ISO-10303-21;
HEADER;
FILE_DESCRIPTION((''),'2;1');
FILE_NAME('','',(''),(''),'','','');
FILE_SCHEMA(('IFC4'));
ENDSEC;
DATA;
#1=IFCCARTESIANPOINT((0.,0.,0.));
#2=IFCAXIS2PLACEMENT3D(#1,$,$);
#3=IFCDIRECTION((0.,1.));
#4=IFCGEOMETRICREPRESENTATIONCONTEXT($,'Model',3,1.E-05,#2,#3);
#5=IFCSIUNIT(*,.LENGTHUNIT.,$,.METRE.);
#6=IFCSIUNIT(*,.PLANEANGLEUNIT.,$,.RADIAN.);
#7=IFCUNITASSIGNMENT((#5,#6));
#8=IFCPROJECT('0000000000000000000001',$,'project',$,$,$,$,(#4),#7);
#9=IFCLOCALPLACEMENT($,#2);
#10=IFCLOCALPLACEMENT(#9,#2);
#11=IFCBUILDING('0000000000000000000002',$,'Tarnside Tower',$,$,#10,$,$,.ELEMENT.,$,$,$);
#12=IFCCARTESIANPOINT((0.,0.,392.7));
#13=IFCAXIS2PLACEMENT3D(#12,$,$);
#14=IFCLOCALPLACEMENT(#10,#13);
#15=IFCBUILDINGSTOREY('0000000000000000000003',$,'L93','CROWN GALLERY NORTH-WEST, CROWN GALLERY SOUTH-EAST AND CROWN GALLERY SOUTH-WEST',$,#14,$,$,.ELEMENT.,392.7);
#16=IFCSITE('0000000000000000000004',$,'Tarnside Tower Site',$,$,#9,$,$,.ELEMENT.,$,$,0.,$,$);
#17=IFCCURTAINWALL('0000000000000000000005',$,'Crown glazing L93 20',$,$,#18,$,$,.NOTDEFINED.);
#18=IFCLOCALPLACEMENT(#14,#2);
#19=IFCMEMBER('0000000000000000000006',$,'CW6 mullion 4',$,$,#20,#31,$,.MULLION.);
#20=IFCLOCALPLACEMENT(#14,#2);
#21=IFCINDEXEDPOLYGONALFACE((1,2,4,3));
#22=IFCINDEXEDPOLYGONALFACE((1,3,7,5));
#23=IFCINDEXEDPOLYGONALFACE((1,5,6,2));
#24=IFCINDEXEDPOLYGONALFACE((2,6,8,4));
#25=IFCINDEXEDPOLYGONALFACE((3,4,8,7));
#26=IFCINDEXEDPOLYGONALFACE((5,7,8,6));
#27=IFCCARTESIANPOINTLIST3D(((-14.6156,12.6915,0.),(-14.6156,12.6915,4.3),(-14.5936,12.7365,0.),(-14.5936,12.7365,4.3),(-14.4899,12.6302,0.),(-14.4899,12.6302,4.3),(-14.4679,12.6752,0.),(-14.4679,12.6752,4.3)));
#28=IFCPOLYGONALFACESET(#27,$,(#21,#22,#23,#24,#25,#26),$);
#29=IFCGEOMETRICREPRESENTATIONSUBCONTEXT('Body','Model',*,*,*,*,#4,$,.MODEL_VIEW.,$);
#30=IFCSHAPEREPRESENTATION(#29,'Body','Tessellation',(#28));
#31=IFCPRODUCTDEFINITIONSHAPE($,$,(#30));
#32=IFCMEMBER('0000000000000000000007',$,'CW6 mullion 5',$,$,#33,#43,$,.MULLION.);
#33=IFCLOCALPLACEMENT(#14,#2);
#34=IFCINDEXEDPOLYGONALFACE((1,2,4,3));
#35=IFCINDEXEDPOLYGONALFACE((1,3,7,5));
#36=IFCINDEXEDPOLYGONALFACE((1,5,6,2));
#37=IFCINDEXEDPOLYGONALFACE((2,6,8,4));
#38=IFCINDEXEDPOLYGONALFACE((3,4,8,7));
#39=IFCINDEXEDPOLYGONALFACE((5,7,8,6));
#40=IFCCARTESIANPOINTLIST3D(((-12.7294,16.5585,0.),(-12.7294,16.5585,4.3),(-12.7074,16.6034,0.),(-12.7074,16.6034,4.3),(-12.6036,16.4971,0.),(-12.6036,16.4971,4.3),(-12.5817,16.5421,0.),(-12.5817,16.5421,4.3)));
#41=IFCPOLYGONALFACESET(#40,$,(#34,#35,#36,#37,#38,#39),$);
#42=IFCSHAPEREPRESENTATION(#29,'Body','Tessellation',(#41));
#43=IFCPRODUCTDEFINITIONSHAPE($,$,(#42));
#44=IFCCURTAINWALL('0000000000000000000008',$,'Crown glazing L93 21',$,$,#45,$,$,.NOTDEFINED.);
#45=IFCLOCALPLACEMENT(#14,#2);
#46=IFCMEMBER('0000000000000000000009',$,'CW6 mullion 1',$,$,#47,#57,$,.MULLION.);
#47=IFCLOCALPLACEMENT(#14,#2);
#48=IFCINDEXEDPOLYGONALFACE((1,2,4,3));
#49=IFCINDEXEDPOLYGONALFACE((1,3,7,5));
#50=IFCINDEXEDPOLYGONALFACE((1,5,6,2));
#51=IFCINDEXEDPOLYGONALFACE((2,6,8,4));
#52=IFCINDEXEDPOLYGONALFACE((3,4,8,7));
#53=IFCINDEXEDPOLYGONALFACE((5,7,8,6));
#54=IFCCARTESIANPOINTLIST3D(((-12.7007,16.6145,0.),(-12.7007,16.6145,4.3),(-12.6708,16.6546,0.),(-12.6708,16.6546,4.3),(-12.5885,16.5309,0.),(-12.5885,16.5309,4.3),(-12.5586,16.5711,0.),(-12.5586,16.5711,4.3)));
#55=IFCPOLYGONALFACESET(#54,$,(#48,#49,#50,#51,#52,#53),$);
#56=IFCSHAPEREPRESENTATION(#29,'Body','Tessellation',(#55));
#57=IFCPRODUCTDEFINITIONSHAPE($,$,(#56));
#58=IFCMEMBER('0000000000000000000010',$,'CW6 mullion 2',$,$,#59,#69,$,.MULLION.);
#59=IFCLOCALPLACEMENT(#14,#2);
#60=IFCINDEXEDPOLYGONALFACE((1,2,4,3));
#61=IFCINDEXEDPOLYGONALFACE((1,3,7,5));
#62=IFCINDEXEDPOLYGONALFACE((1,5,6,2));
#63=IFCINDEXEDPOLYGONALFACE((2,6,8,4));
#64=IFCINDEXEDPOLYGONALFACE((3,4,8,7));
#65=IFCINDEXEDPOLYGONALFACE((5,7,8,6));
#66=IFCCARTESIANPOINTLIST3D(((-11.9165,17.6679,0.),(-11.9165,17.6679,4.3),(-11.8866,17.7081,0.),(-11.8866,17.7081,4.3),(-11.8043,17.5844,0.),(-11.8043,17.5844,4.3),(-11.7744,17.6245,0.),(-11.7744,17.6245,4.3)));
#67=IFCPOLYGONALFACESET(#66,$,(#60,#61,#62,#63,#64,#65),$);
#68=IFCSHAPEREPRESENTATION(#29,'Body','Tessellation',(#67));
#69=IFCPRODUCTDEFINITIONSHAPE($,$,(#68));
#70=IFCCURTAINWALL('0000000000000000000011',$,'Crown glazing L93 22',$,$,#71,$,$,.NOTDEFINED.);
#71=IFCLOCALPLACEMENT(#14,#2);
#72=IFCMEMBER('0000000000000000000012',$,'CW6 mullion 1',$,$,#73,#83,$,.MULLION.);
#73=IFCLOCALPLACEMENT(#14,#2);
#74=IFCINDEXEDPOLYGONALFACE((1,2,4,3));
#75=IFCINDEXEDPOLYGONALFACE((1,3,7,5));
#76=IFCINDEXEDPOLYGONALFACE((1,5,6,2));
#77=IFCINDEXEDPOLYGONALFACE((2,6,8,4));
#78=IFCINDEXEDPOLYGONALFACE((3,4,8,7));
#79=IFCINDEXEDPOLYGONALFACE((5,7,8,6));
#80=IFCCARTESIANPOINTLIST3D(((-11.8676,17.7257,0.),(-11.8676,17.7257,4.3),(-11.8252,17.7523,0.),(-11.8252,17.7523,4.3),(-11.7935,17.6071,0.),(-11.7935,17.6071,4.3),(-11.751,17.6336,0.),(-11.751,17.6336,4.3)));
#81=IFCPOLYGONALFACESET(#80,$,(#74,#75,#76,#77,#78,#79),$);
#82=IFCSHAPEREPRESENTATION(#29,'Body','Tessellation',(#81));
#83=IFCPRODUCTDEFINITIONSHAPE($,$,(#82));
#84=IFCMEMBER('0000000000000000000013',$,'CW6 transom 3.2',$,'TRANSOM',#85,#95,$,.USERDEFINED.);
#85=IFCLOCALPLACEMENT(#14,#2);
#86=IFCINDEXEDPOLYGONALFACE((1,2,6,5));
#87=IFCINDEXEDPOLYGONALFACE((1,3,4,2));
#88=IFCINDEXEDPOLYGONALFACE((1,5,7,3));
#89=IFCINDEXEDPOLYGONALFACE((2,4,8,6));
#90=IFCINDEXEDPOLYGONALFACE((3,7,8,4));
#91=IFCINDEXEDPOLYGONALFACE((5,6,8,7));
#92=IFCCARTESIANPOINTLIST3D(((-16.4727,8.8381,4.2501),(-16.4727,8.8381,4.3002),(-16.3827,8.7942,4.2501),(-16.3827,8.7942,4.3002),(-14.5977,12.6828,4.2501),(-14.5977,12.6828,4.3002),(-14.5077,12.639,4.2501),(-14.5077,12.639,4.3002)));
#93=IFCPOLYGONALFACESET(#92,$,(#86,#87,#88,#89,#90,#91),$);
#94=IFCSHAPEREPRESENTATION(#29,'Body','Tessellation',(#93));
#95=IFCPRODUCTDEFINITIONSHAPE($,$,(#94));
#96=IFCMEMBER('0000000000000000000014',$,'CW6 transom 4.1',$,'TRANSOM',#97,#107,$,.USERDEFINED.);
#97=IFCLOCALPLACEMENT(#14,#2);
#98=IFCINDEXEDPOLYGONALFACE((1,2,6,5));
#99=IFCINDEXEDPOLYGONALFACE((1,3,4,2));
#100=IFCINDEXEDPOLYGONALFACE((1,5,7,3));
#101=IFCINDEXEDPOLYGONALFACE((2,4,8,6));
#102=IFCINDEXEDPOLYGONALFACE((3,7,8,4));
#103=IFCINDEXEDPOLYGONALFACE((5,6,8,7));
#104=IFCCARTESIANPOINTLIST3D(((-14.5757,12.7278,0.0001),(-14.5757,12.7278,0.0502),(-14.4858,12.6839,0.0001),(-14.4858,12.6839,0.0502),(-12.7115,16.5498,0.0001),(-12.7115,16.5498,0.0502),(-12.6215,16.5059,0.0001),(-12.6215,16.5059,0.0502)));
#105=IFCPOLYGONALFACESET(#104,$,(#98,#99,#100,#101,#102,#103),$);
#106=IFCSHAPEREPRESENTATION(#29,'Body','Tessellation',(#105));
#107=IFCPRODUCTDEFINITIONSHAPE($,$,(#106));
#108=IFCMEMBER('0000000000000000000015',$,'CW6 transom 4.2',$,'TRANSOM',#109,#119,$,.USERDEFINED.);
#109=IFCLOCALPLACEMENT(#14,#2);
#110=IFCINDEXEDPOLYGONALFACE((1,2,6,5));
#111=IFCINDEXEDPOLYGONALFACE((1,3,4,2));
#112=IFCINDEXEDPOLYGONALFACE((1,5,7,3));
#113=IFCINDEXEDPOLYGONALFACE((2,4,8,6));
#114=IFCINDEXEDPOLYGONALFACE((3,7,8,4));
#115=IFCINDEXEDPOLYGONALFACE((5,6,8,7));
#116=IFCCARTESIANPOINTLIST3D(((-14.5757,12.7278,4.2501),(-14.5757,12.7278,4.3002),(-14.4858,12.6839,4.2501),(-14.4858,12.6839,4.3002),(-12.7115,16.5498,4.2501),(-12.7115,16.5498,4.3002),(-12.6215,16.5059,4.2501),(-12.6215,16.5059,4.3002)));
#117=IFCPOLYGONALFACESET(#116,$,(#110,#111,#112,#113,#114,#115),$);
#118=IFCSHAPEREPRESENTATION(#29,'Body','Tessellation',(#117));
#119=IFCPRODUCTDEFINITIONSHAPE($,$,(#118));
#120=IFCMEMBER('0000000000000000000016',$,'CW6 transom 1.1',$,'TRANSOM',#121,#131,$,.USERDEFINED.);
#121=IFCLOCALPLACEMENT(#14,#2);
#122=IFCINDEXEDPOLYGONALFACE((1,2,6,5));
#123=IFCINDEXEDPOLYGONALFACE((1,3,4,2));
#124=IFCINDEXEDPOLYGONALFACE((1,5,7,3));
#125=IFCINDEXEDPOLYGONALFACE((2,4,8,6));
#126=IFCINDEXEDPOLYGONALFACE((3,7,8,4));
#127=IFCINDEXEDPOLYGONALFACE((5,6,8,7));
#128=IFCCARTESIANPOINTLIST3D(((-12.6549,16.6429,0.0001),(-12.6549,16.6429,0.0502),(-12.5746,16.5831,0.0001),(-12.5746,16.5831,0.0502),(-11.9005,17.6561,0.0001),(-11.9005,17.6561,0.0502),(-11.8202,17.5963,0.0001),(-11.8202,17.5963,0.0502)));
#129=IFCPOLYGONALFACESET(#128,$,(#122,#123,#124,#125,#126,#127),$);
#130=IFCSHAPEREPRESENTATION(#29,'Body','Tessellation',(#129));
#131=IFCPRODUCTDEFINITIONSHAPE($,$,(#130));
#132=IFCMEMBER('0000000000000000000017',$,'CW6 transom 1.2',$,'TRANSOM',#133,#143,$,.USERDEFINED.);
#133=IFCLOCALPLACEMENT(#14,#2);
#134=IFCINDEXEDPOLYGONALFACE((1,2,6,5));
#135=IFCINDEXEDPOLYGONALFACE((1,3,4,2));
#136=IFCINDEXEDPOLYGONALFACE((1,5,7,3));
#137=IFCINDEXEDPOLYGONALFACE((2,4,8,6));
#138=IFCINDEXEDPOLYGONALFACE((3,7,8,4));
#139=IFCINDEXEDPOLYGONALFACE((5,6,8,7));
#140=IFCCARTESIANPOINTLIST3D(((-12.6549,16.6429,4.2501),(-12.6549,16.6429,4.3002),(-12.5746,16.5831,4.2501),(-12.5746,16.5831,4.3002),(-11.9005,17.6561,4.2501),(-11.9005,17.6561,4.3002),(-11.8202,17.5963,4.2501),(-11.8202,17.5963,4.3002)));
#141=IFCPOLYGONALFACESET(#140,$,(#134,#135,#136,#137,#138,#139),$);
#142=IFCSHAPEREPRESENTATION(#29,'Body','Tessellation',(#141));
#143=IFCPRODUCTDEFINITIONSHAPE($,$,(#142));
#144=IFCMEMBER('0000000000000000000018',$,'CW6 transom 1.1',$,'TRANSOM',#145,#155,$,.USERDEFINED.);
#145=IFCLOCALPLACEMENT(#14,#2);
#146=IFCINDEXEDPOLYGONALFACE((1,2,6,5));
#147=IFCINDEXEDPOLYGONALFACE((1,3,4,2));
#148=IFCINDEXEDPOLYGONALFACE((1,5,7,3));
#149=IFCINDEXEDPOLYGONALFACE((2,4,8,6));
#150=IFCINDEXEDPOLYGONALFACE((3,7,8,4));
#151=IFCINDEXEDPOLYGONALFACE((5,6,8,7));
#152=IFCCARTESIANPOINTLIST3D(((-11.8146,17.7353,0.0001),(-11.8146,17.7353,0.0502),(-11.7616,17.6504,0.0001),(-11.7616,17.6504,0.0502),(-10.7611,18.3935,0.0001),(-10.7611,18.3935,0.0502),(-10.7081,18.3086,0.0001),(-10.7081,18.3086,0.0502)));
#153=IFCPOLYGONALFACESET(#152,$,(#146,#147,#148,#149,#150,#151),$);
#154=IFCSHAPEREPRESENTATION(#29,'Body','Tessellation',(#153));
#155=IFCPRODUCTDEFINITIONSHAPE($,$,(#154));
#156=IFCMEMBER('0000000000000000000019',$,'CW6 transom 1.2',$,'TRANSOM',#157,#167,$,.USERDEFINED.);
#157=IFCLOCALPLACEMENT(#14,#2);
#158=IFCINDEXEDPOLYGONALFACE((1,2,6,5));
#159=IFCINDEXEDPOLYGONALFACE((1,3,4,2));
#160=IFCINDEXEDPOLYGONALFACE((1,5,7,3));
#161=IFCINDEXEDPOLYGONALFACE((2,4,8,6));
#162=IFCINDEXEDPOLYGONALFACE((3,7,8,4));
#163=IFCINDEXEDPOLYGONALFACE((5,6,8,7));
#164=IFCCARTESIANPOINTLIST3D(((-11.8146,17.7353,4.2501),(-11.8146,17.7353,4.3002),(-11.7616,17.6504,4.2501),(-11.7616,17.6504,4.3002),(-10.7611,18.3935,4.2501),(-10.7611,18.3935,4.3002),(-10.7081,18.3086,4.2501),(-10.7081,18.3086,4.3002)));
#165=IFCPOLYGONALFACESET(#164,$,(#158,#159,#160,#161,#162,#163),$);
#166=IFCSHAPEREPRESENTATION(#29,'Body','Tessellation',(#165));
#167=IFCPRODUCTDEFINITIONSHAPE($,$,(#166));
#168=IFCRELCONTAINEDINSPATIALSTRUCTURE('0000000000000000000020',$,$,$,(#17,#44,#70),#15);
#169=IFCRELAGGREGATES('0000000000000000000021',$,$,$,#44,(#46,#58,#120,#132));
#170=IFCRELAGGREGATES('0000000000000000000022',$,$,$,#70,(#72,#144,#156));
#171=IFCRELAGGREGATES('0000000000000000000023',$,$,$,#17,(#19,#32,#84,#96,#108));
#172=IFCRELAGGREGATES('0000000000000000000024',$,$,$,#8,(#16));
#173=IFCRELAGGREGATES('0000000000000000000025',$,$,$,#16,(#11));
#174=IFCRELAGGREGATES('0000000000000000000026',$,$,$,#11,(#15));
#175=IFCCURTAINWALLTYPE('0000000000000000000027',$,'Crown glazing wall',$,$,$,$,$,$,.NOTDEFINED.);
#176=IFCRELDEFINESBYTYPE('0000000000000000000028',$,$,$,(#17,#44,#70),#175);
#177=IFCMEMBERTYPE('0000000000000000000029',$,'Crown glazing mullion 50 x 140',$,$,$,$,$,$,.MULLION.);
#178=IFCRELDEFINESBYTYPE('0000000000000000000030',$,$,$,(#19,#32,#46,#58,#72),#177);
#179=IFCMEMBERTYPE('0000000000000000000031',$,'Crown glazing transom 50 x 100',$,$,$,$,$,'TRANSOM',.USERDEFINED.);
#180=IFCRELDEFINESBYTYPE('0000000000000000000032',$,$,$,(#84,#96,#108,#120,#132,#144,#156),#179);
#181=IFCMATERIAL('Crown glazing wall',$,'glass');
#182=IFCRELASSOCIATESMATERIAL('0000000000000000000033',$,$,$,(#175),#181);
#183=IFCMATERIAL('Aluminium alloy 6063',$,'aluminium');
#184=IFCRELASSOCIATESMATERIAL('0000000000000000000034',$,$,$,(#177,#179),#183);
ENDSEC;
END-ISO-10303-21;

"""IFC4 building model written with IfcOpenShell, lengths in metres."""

from ifc_helpers import new_model, si_unit, direction, frame, origin, origin_2d, place, context, subcontext, project, spatial, rectangle, extrude, material, material_profile, profile_set, type_object, element, aggregate, save


model = new_model("IFC4")

# Units and contexts
model_context = context("Model", 3, precision=1e-05, world=origin(), true_north=direction((0.0, 1.0)))
body_context = subcontext(model_context, "Body", "Model", "MODEL_VIEW")
ifc_project = project(units=[si_unit("LENGTHUNIT", "METRE"), si_unit("PLANEANGLEUNIT", "RADIAN")], contexts=[model_context])

# Site, building, storey
site_placement = place(None, origin())
site = spatial("IfcSite", under=ifc_project, at=site_placement, Name="Tarnside Tower Site", CompositionType="ELEMENT", RefElevation=0.0)
building_placement = place(site_placement, origin())
building = spatial("IfcBuilding", under=site, at=building_placement, Name="Tarnside Tower", CompositionType="ELEMENT")
storey_placement = place(building_placement, frame((0.0, 0.0, 392.7)))
storey = spatial("IfcBuildingStorey", under=building, at=storey_placement, Name="L93", Description="CROWN GALLERY NORTH-WEST, CROWN GALLERY SOUTH-EAST AND CROWN GALLERY SOUTH-WEST", CompositionType="ELEMENT", Elevation=392.7)

# Curtain walls, members
ifc_material_1 = material(Name="Crown glazing wall", Category="glass")
curtain_wall_type = type_object("IfcCurtainWallType", Name="Crown glazing wall", PredefinedType="NOTDEFINED", material=ifc_material_1)
curtain_wall_1_placement = place(storey_placement, origin())
curtain_wall_1 = element("IfcCurtainWall", 1, at=curtain_wall_1_placement, inside=storey, type_object=curtain_wall_type, Name="Crown glazing L93 20", PredefinedType="NOTDEFINED")
ifc_material_2 = material(Name="Aluminium alloy 6063", Category="aluminium")
ifc_material_profile_1 = material_profile(ifc_material_2, rectangle(XDim=0.1399, YDim=0.05, at=origin_2d()), Name="Crown glazing mullion 50 x 140")
ifc_profile_set_1 = profile_set([ifc_material_profile_1], Name="Aluminium alloy 6063")
member_type_1 = type_object("IfcMemberType", Name="Crown glazing mullion 50 x 140", PredefinedType="MULLION", material=ifc_profile_set_1)
member_1_placement = place(storey_placement, frame((-14.5417, 12.6833, 0.0), z_axis=(0.0, 0.0, 1.0), x_axis=(-0.898794, 0.438371, 0.0)))
member_1 = element("IfcMember", 2, at=member_1_placement, type_object=member_type_1, Name="CW6 mullion 4", PredefinedType="MULLION", context=body_context, shape_type="SweptSolid", body=[
    extrude(rectangle(XDim=0.1399, YDim=0.05, at=origin_2d()), origin(), (0.0, 0.0, 1.0), 4.3),
])
member_2_placement = place(storey_placement, frame((-12.6555, 16.5503, 0.0), z_axis=(0.0, 0.0, 1.0), x_axis=(-0.898794, 0.438371, 0.0)))
member_2 = element("IfcMember", 3, at=member_2_placement, type_object=member_type_1, Name="CW6 mullion 5", PredefinedType="MULLION", context=body_context, shape_type="SweptSolid", body=[
    extrude(rectangle(XDim=0.1399, YDim=0.05, at=origin_2d()), origin(), (0.0, 0.0, 1.0), 4.3),
])
curtain_wall_2_placement = place(storey_placement, origin())
curtain_wall_2 = element("IfcCurtainWall", 4, at=curtain_wall_2_placement, inside=storey, type_object=curtain_wall_type, Name="Crown glazing L93 21", PredefinedType="NOTDEFINED")
member_3_placement = place(storey_placement, frame((-12.6296, 16.5928, 0.0), z_axis=(0.0, 0.0, 1.0), x_axis=(-0.802123, 0.597159, 0.0)))
member_3 = element("IfcMember", 5, at=member_3_placement, type_object=member_type_1, Name="CW6 mullion 1", PredefinedType="MULLION", context=body_context, shape_type="SweptSolid", body=[
    extrude(rectangle(XDim=0.1399, YDim=0.05, at=origin_2d()), origin(), (0.0, 0.0, 1.0), 4.3),
])
member_4_placement = place(storey_placement, frame((-11.8455, 17.6462, 0.0), z_axis=(0.0, 0.0, 1.0), x_axis=(-0.802123, 0.597159, 0.0)))
member_4 = element("IfcMember", 6, at=member_4_placement, type_object=member_type_1, Name="CW6 mullion 2", PredefinedType="MULLION", context=body_context, shape_type="SweptSolid", body=[
    extrude(rectangle(XDim=0.1399, YDim=0.05, at=origin_2d()), origin(), (0.0, 0.0, 1.0), 4.3),
])

# Curtain wall, member
curtain_wall_3_placement = place(storey_placement, origin())
curtain_wall_3 = element("IfcCurtainWall", 7, at=curtain_wall_3_placement, inside=storey, type_object=curtain_wall_type, Name="Crown glazing L93 22", PredefinedType="NOTDEFINED")
member_5_placement = place(storey_placement, frame((-11.8093, 17.6797, 0.0), z_axis=(0.0, 0.0, 1.0), x_axis=(-0.529919, 0.848048, 0.0)))
member_5 = element("IfcMember", 8, at=member_5_placement, type_object=member_type_1, Name="CW6 mullion 1", PredefinedType="MULLION", context=body_context, shape_type="SweptSolid", body=[
    extrude(rectangle(XDim=0.1399, YDim=0.05, at=origin_2d()), origin(), (0.0, 0.0, 1.0), 4.3),
])

# Members
ifc_material_profile_2 = material_profile(ifc_material_2, rectangle(XDim=0.1001, YDim=0.05, at=origin_2d()), Name="Crown glazing transom 50 x 100")
ifc_profile_set_2 = profile_set([ifc_material_profile_2], Name="Aluminium alloy 6063")
member_type_2 = type_object("IfcMemberType", Name="Crown glazing transom 50 x 100", ElementType="TRANSOM", PredefinedType="USERDEFINED", material=ifc_profile_set_2)
member_6_placement = place(storey_placement, frame((-16.4277, 8.8162, 4.2751), z_axis=(0.438334, 0.898812, 0.0), x_axis=(-0.898812, 0.438334, 0.0)))
member_6 = element("IfcMember", 9, at=member_6_placement, type_object=member_type_2, Name="CW6 transom 3.2", ObjectType="TRANSOM", PredefinedType="USERDEFINED", context=body_context, shape_type="SweptSolid", body=[
    extrude(rectangle(XDim=0.1001, YDim=0.05, at=origin_2d()), origin(), (0.0, 0.0, 1.0), 4.2776),
])
member_7_placement = place(storey_placement, frame((-14.5308, 12.7058, 0.0251), z_axis=(0.438396, 0.898782, 0.0), x_axis=(-0.898782, 0.438396, 0.0)))
member_7 = element("IfcMember", 10, at=member_7_placement, type_object=member_type_2, Name="CW6 transom 4.1", ObjectType="TRANSOM", PredefinedType="USERDEFINED", context=body_context, shape_type="SweptSolid", body=[
    extrude(rectangle(XDim=0.1001, YDim=0.05, at=origin_2d()), origin(), (0.0, 0.0, 1.0), 4.2524),
])
member_8_placement = place(storey_placement, frame((-14.5308, 12.7058, 4.2751), z_axis=(0.438396, 0.898782, 0.0), x_axis=(-0.898782, 0.438396, 0.0)))
member_8 = element("IfcMember", 11, at=member_8_placement, type_object=member_type_2, Name="CW6 transom 4.2", ObjectType="TRANSOM", PredefinedType="USERDEFINED", context=body_context, shape_type="SweptSolid", body=[
    extrude(rectangle(XDim=0.1001, YDim=0.05, at=origin_2d()), origin(), (0.0, 0.0, 1.0), 4.2524),
])
member_9_placement = place(storey_placement, frame((-12.6147, 16.613, 0.0251), z_axis=(0.597213, 0.802083, 0.0), x_axis=(-0.802083, 0.597213, 0.0)))
member_9 = element("IfcMember", 12, at=member_9_placement, type_object=member_type_2, Name="CW6 transom 1.1", ObjectType="TRANSOM", PredefinedType="USERDEFINED", context=body_context, shape_type="SweptSolid", body=[
    extrude(rectangle(XDim=0.1001, YDim=0.05, at=origin_2d()), origin(), (0.0, 0.0, 1.0), 1.2632),
])
member_10_placement = place(storey_placement, frame((-12.6147, 16.613, 4.2751), z_axis=(0.597213, 0.802083, 0.0), x_axis=(-0.802083, 0.597213, 0.0)))
member_10 = element("IfcMember", 13, at=member_10_placement, type_object=member_type_2, Name="CW6 transom 1.2", ObjectType="TRANSOM", PredefinedType="USERDEFINED", context=body_context, shape_type="SweptSolid", body=[
    extrude(rectangle(XDim=0.1001, YDim=0.05, at=origin_2d()), origin(), (0.0, 0.0, 1.0), 1.2632),
])
member_11_placement = place(storey_placement, frame((-11.7881, 17.6929, 0.0251), z_axis=(0.848076, 0.529875, 0.0), x_axis=(-0.529875, 0.848076, 0.0)))
member_11 = element("IfcMember", 14, at=member_11_placement, type_object=member_type_2, Name="CW6 transom 1.1", ObjectType="TRANSOM", PredefinedType="USERDEFINED", context=body_context, shape_type="SweptSolid", body=[
    extrude(rectangle(XDim=0.1001, YDim=0.05, at=origin_2d()), origin(), (0.0, 0.0, 1.0), 1.2422),
])
member_12_placement = place(storey_placement, frame((-11.7881, 17.6929, 4.2751), z_axis=(0.848076, 0.529875, 0.0), x_axis=(-0.529875, 0.848076, 0.0)))
member_12 = element("IfcMember", 15, at=member_12_placement, type_object=member_type_2, Name="CW6 transom 1.2", ObjectType="TRANSOM", PredefinedType="USERDEFINED", context=body_context, shape_type="SweptSolid", body=[
    extrude(rectangle(XDim=0.1001, YDim=0.05, at=origin_2d()), origin(), (0.0, 0.0, 1.0), 1.2422),
])

aggregate(curtain_wall_2, [member_3, member_4, member_9, member_10])
aggregate(curtain_wall_3, [member_5, member_11, member_12])
aggregate(curtain_wall_1, [member_1, member_2, member_6, member_7, member_8])

save(model, "model.ifc")
